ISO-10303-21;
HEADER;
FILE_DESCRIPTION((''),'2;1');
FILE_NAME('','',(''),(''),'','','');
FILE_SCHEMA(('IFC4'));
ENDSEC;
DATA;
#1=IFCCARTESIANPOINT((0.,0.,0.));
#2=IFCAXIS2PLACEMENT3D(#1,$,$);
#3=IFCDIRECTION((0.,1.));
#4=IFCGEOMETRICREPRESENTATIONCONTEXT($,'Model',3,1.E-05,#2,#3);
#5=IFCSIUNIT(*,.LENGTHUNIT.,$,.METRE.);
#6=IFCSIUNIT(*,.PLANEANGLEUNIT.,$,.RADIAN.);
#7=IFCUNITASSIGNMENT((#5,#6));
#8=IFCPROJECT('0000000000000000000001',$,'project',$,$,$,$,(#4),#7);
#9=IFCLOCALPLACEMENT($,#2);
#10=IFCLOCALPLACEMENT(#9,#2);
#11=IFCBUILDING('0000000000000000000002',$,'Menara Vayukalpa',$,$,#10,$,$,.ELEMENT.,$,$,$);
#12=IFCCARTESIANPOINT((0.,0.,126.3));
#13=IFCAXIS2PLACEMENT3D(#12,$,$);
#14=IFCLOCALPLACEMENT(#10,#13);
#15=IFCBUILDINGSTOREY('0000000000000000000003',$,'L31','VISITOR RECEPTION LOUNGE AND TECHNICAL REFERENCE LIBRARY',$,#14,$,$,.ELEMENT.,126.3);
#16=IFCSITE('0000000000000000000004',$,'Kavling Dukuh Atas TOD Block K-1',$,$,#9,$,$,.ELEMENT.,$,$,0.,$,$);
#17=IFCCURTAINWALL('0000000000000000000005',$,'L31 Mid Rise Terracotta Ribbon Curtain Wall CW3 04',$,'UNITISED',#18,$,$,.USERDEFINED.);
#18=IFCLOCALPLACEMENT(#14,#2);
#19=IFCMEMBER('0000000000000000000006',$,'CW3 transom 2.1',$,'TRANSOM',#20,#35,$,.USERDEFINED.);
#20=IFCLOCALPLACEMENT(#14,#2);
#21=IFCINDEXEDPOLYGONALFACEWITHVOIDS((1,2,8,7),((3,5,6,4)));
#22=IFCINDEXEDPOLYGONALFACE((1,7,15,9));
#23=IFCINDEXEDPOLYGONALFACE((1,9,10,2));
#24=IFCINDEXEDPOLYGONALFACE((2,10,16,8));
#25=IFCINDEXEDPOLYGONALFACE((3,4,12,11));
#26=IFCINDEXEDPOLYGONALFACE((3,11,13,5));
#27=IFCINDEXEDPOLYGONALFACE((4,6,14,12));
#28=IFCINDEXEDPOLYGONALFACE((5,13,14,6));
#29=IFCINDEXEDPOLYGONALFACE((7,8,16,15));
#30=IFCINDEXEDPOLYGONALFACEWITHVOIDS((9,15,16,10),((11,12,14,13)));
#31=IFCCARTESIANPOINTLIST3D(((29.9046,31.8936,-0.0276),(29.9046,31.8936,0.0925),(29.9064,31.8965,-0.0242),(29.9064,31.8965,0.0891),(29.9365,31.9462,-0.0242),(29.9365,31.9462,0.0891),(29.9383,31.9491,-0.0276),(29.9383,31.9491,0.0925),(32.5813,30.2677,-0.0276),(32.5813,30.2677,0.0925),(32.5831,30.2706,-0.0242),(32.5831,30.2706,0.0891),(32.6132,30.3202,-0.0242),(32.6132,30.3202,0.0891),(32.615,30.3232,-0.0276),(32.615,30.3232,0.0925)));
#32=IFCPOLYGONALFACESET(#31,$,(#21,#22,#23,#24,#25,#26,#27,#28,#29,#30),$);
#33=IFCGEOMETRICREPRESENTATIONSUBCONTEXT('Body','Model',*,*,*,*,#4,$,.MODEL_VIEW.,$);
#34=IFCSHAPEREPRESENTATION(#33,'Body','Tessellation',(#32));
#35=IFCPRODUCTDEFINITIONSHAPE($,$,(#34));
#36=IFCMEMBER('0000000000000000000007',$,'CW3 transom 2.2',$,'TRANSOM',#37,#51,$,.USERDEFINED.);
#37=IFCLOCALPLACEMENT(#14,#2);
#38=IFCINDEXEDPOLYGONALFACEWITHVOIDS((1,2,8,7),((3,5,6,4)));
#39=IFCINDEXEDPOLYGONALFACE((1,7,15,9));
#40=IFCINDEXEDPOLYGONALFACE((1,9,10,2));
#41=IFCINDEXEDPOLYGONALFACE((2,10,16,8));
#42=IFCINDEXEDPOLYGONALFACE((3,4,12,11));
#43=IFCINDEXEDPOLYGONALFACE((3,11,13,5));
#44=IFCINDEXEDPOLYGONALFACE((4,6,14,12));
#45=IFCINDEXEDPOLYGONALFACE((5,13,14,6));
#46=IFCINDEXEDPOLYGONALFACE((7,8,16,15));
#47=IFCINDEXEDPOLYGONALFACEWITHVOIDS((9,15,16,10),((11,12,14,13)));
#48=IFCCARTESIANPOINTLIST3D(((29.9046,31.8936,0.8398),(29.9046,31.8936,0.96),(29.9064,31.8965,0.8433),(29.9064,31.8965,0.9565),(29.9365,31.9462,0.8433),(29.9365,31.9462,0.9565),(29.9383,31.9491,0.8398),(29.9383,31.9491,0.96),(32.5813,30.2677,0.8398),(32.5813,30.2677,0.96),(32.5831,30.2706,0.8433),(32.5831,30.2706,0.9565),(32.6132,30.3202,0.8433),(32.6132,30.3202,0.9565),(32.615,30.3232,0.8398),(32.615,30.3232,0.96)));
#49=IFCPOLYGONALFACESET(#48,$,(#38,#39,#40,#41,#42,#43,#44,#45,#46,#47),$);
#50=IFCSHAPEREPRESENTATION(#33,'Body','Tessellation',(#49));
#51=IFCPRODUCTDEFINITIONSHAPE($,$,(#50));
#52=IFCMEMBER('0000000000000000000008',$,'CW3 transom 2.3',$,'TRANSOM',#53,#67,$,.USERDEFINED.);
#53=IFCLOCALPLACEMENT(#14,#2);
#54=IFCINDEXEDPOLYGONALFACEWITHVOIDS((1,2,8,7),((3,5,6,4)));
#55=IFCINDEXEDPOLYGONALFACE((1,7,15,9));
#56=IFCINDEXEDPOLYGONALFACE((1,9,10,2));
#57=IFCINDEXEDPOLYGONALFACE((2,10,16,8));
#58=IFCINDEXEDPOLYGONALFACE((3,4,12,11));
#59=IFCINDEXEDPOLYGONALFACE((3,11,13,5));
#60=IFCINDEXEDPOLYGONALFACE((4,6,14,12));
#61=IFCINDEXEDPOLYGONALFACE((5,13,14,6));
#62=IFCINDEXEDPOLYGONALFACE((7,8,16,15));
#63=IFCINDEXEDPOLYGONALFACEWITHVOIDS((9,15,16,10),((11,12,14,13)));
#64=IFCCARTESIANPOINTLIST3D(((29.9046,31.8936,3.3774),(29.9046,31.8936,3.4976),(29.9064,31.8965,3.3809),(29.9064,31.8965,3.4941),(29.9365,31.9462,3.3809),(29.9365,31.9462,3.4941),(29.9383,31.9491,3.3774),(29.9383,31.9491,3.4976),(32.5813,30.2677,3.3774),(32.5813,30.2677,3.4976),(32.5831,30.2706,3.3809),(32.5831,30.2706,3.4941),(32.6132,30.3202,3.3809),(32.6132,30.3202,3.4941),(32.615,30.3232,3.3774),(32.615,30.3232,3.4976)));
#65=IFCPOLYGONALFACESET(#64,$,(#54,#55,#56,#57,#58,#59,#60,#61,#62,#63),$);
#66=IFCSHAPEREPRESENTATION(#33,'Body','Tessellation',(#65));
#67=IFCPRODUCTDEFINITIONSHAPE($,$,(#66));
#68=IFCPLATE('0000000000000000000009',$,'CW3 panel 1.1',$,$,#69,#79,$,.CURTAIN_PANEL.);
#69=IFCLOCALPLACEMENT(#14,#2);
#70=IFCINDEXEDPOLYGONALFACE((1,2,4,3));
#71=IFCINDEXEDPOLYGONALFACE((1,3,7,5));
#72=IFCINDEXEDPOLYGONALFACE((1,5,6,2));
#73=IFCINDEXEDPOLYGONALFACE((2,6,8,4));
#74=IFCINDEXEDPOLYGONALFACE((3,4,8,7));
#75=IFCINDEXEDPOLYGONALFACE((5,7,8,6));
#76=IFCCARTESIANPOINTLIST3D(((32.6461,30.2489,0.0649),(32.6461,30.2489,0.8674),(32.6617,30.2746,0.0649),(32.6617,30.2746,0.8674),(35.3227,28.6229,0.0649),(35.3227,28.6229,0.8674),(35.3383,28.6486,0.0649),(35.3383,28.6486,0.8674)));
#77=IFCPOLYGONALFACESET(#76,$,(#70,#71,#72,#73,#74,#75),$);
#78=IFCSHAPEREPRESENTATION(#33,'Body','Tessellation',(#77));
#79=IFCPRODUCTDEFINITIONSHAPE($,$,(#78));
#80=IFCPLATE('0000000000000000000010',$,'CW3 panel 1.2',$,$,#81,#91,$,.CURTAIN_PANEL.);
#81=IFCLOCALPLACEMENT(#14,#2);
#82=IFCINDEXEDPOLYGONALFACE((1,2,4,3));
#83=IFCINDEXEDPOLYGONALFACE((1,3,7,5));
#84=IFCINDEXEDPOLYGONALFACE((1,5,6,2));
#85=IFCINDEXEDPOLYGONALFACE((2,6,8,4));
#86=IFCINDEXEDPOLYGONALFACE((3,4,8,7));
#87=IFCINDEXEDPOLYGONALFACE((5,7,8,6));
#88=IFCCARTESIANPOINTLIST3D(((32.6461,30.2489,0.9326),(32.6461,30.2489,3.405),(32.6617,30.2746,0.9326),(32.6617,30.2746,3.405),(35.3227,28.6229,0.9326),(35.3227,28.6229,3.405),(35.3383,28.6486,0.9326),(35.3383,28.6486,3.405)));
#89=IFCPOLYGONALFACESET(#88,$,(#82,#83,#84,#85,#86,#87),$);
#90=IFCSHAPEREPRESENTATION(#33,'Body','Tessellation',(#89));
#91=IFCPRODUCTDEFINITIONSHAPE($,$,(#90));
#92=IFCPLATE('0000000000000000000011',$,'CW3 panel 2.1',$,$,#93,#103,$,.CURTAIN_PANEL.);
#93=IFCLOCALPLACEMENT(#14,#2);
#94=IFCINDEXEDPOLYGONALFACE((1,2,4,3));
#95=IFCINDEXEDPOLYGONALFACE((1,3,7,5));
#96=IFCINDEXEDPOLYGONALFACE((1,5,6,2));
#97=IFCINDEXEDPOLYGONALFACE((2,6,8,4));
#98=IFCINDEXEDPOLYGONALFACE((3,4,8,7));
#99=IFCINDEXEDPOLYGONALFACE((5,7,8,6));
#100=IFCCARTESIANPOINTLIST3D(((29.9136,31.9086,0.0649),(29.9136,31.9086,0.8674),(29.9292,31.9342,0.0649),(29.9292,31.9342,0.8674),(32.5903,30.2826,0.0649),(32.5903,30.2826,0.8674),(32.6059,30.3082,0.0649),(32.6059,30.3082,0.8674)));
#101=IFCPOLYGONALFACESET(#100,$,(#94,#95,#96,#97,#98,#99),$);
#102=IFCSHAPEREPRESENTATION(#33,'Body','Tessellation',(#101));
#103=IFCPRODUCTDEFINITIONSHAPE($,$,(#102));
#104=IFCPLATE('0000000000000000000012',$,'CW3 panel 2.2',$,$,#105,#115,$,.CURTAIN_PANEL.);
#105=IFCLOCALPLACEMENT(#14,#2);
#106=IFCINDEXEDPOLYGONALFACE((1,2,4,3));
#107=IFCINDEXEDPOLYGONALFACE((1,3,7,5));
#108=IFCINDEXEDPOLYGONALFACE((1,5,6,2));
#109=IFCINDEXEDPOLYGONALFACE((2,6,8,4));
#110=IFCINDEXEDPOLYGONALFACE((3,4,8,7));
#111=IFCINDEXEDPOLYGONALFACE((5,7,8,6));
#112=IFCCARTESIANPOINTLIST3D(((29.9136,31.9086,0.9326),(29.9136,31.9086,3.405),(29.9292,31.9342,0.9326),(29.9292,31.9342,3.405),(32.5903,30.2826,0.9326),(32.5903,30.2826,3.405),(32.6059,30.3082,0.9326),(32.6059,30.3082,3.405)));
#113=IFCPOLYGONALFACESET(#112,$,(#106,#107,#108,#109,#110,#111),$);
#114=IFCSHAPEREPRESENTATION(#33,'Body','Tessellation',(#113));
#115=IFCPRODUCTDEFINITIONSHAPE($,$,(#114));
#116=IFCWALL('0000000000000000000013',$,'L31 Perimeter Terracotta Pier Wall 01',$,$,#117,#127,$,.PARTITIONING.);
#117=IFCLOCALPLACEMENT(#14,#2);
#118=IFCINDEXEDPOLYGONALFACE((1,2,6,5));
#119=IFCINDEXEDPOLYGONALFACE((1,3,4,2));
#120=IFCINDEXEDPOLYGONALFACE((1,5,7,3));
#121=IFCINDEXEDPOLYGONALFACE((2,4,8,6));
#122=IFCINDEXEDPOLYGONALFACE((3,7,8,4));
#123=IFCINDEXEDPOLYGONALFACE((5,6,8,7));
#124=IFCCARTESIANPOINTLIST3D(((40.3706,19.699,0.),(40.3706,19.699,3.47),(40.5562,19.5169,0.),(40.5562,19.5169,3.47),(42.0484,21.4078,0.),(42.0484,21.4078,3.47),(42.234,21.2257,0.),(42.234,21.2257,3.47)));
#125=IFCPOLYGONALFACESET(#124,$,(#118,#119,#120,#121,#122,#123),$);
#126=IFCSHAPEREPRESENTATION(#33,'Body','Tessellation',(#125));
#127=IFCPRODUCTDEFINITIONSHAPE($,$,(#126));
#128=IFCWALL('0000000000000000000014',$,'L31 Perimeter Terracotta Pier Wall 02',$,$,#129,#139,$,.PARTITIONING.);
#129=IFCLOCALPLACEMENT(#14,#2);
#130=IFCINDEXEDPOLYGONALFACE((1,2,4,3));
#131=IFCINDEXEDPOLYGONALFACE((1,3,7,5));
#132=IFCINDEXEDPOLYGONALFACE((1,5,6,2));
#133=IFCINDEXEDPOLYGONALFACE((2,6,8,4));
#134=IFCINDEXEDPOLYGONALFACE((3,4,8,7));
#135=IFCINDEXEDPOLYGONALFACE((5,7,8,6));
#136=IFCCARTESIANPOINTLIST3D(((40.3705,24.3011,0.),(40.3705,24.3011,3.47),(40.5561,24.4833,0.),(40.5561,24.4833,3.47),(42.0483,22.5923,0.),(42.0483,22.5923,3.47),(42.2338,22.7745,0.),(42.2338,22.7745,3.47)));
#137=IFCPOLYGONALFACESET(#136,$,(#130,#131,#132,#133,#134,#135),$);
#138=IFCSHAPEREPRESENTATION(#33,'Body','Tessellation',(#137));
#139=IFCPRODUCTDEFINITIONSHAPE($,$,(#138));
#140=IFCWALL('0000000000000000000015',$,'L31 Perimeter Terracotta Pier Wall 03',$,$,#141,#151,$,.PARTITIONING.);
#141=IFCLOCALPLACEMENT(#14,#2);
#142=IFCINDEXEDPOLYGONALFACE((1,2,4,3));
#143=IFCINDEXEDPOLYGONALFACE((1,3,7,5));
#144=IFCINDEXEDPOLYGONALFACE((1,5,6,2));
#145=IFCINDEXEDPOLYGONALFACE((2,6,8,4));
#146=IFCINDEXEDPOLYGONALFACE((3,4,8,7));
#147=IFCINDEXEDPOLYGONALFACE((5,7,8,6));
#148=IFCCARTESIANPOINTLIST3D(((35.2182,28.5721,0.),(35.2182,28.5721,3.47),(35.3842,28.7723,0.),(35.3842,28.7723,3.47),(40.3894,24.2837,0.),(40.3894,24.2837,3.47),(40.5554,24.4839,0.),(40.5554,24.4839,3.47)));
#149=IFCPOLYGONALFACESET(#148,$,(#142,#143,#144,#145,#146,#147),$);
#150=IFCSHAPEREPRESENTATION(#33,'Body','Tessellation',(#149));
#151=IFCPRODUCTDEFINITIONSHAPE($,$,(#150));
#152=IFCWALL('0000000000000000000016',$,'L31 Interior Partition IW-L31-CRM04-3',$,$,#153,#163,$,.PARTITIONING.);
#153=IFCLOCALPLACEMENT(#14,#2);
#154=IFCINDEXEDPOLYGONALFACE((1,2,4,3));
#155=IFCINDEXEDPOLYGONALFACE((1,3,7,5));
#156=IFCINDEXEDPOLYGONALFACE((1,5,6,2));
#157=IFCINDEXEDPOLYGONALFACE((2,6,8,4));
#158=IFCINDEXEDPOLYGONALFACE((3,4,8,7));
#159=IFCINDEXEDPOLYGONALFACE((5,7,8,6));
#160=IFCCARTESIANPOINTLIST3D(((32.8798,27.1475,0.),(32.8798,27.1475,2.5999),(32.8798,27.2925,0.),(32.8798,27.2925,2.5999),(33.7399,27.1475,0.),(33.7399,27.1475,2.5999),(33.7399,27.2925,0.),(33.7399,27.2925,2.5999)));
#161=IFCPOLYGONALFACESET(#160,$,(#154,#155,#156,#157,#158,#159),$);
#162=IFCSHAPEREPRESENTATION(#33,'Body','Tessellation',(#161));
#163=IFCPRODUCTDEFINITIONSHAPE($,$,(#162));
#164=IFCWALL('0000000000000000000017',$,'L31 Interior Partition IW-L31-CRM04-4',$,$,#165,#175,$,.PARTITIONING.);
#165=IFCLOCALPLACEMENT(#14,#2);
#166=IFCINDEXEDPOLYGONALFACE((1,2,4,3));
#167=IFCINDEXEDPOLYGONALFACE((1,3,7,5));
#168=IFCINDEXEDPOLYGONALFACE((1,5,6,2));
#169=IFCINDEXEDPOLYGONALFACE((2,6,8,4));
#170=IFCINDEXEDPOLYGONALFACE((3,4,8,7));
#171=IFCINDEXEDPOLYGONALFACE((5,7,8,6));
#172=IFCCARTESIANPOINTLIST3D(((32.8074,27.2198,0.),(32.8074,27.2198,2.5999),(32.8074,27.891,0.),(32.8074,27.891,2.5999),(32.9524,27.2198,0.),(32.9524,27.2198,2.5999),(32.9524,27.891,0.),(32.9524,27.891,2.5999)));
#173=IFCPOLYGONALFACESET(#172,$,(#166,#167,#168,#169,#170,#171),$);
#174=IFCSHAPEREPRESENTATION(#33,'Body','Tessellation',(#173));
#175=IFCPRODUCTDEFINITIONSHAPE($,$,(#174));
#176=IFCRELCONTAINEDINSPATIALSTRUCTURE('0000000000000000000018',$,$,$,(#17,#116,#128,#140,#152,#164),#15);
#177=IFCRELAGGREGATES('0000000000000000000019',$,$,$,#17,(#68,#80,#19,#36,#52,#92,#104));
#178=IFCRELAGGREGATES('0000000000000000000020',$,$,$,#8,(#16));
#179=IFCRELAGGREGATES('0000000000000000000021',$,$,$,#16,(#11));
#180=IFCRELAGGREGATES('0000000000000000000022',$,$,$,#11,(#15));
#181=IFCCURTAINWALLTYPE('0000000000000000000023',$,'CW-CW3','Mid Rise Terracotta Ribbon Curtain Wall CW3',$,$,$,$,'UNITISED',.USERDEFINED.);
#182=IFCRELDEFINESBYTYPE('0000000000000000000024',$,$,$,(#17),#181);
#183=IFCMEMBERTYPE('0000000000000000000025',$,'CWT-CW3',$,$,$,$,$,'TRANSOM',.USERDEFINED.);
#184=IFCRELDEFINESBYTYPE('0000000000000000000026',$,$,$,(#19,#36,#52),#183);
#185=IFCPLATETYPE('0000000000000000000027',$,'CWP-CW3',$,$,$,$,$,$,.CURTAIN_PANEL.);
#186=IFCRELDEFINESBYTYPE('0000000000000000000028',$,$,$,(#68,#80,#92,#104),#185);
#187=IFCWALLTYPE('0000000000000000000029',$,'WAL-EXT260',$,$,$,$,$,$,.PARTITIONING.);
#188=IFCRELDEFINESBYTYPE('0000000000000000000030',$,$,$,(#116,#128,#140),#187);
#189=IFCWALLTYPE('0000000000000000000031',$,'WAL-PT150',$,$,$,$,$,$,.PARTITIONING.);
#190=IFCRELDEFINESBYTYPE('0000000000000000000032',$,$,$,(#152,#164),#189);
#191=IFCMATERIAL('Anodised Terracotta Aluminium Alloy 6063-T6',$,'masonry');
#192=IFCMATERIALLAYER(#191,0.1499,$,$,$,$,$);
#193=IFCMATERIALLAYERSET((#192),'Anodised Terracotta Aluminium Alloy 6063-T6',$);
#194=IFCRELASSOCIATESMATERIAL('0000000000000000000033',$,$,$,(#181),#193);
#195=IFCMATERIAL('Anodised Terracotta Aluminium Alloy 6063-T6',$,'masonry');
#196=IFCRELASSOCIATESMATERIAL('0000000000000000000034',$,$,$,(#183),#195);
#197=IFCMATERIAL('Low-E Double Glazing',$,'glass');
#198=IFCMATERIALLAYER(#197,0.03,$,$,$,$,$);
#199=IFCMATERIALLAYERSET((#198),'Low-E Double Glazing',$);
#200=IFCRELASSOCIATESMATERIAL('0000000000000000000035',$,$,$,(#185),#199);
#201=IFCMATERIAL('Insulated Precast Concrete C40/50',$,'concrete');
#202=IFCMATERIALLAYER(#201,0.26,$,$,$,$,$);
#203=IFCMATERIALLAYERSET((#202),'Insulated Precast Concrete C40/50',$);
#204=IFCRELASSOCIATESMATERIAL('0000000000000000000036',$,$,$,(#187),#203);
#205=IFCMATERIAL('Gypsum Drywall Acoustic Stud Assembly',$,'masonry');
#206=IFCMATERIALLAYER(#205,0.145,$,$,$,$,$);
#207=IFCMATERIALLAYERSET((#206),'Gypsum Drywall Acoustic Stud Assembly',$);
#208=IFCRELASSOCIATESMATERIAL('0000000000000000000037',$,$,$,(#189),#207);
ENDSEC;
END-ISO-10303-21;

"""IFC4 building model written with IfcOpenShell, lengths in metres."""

from ifc_helpers import new_model, si_unit, direction, frame, frame_2d, origin, origin_2d, place, context, subcontext, project, spatial, rectangle, hollow_rectangle, extrude, material, layer, layer_set, material_profile, profile_set, type_object, element, aggregate, save


model = new_model("IFC4")

# Units and contexts
model_context = context("Model", 3, precision=1e-05, world=origin(), true_north=direction((0.0, 1.0)))
body_context = subcontext(model_context, "Body", "Model", "MODEL_VIEW")
ifc_project = project(units=[si_unit("LENGTHUNIT", "METRE"), si_unit("PLANEANGLEUNIT", "RADIAN")], contexts=[model_context])

# Site, building, storey
site_placement = place(None, origin())
site = spatial("IfcSite", under=ifc_project, at=site_placement, Name="Kavling Dukuh Atas TOD Block K-1", CompositionType="ELEMENT", RefElevation=0.0)
building_placement = place(site_placement, origin())
building = spatial("IfcBuilding", under=site, at=building_placement, Name="Menara Vayukalpa", CompositionType="ELEMENT")
storey_placement = place(building_placement, frame((0.0, 0.0, 126.3)))
storey = spatial("IfcBuildingStorey", under=building, at=storey_placement, Name="L31", Description="VISITOR RECEPTION LOUNGE AND TECHNICAL REFERENCE LIBRARY", CompositionType="ELEMENT", Elevation=126.3)

# Curtain wall, members, plates
ifc_material_1 = material(Name="Anodised Terracotta Aluminium Alloy 6063-T6", Category="masonry")
ifc_layer_1 = layer(ifc_material_1, 0.1499)
ifc_layer_set_1 = layer_set([ifc_layer_1], Name="Anodised Terracotta Aluminium Alloy 6063-T6")
curtain_wall_type = type_object("IfcCurtainWallType", Name="CW-CW3", Description="Mid Rise Terracotta Ribbon Curtain Wall CW3", ElementType="UNITISED", PredefinedType="USERDEFINED", material=ifc_layer_set_1)
curtain_wall_placement = place(storey_placement, origin())
curtain_wall = element("IfcCurtainWall", 1, at=curtain_wall_placement, inside=storey, type_object=curtain_wall_type, Name="L31 Mid Rise Terracotta Ribbon Curtain Wall CW3 04", ObjectType="UNITISED", PredefinedType="USERDEFINED")
ifc_material_2 = material(Name="Anodised Terracotta Aluminium Alloy 6063-T6", Category="masonry")
ifc_material_profile_1 = material_profile(ifc_material_2, hollow_rectangle(XDim=0.0649, YDim=0.1201, WallThickness=0.0034, at=origin_2d()), Name="ALU 65x120x3.5")
ifc_profile_set_1 = profile_set([ifc_material_profile_1], Name="Anodised Terracotta Aluminium Alloy 6063-T6")
member_type_1 = type_object("IfcMemberType", Name="CWT-CW3", ElementType="TRANSOM", PredefinedType="USERDEFINED", material=ifc_profile_set_1)
member_1_placement = place(storey_placement, frame((32.5981, 30.2954, 0.0325), z_axis=(-0.854674, 0.519165, 0.0), x_axis=(-0.519165, -0.854674, 0.0)))
member_1 = element("IfcMember", 2, at=member_1_placement, type_object=member_type_1, Name="CW3 transom 2.1", ObjectType="TRANSOM", PredefinedType="USERDEFINED", context=body_context, shape_type="SweptSolid", body=[
    extrude(hollow_rectangle(XDim=0.0649, YDim=0.1201, WallThickness=0.0034, at=origin_2d()), origin(), (0.0, 0.0, 1.0), 3.1318),
])
member_2_placement = place(storey_placement, frame((32.5981, 30.2954, 0.8999), z_axis=(-0.854674, 0.519165, 0.0), x_axis=(-0.519165, -0.854674, 0.0)))
member_2 = element("IfcMember", 3, at=member_2_placement, type_object=member_type_1, Name="CW3 transom 2.2", ObjectType="TRANSOM", PredefinedType="USERDEFINED", context=body_context, shape_type="SweptSolid", body=[
    extrude(hollow_rectangle(XDim=0.0649, YDim=0.1201, WallThickness=0.0034, at=origin_2d()), origin(), (0.0, 0.0, 1.0), 3.1318),
])
member_3_placement = place(storey_placement, frame((32.5981, 30.2954, 3.4375), z_axis=(-0.854674, 0.519165, 0.0), x_axis=(-0.519165, -0.854674, 0.0)))
member_3 = element("IfcMember", 4, at=member_3_placement, type_object=member_type_1, Name="CW3 transom 2.3", ObjectType="TRANSOM", PredefinedType="USERDEFINED", context=body_context, shape_type="SweptSolid", body=[
    extrude(hollow_rectangle(XDim=0.0649, YDim=0.1201, WallThickness=0.0034, at=origin_2d()), origin(), (0.0, 0.0, 1.0), 3.1318),
])
ifc_material_3 = material(Name="Low-E Double Glazing", Category="glass")
ifc_layer_2 = layer(ifc_material_3, 0.03)
ifc_layer_set_2 = layer_set([ifc_layer_2], Name="Low-E Double Glazing")
plate_type = type_object("IfcPlateType", Name="CWP-CW3", PredefinedType="CURTAIN_PANEL", material=ifc_layer_set_2)
plate_1_placement = place(storey_placement, frame((33.9922, 29.4487, 0.0649), z_axis=(0.0, 0.0, 1.0), x_axis=(-0.854663, 0.519183, 0.0)))
plate_1 = element("IfcPlate", 5, at=plate_1_placement, type_object=plate_type, Name="CW3 panel 1.1", PredefinedType="CURTAIN_PANEL", context=body_context, shape_type="SweptSolid", body=[
    extrude(rectangle(XDim=3.1318, YDim=0.03, at=origin_2d()), origin(), (0.0, 0.0, 1.0), 0.8025),
])
plate_2_placement = place(storey_placement, frame((33.9922, 29.4487, 0.9326), z_axis=(0.0, 0.0, 1.0), x_axis=(-0.854663, 0.519183, 0.0)))
plate_2 = element("IfcPlate", 6, at=plate_2_placement, type_object=plate_type, Name="CW3 panel 1.2", PredefinedType="CURTAIN_PANEL", context=body_context, shape_type="SweptSolid", body=[
    extrude(rectangle(XDim=3.1318, YDim=0.03, at=origin_2d()), origin(), (0.0, 0.0, 1.0), 2.4724),
])
plate_3_placement = place(storey_placement, frame((31.2598, 31.1084, 0.0649), z_axis=(0.0, 0.0, 1.0), x_axis=(-0.854663, 0.519183, 0.0)))
plate_3 = element("IfcPlate", 7, at=plate_3_placement, type_object=plate_type, Name="CW3 panel 2.1", PredefinedType="CURTAIN_PANEL", context=body_context, shape_type="SweptSolid", body=[
    extrude(rectangle(XDim=3.1318, YDim=0.03, at=origin_2d()), origin(), (0.0, 0.0, 1.0), 0.8025),
])
plate_4_placement = place(storey_placement, frame((31.2598, 31.1084, 0.9326), z_axis=(0.0, 0.0, 1.0), x_axis=(-0.854663, 0.519183, 0.0)))
plate_4 = element("IfcPlate", 8, at=plate_4_placement, type_object=plate_type, Name="CW3 panel 2.2", PredefinedType="CURTAIN_PANEL", context=body_context, shape_type="SweptSolid", body=[
    extrude(rectangle(XDim=3.1318, YDim=0.03, at=origin_2d()), origin(), (0.0, 0.0, 1.0), 2.4724),
])
aggregate(curtain_wall, [plate_1, plate_2, member_1, member_2, member_3, plate_3, plate_4])

# Walls
ifc_material_4 = material(Name="Insulated Precast Concrete C40/50", Category="concrete")
ifc_layer_3 = layer(ifc_material_4, 0.26)
ifc_layer_set_3 = layer_set([ifc_layer_3], Name="Insulated Precast Concrete C40/50")
wall_type_1 = type_object("IfcWallType", Name="WAL-EXT260", PredefinedType="PARTITIONING", material=ifc_layer_set_3)
for number, where, z_axis, x_axis, name in (
    (9, (42.1411, 21.3167, 0.0), (0.0, 0.0, 1.0), (-0.700603, -0.713551, 0.0), "L31 Perimeter Terracotta Pier Wall 01"),
    (10, (40.4634, 24.3921, 0.0), (0.0, 0.0, 1.0), (0.700603, -0.713551, 0.0), "L31 Perimeter Terracotta Pier Wall 02"),
):
    element("IfcWall", number, at=place(storey_placement, frame(where, z_axis=z_axis, x_axis=x_axis)), inside=storey, type_object=wall_type_1, Name=name, PredefinedType="PARTITIONING", context=body_context, shape_type="SweptSolid", body=[
        extrude(rectangle(XDim=2.3948, YDim=0.26, at=frame_2d((1.1973, 0.0))), origin(), (0.0, 0.0, 1.0), 3.47),
    ])
wall_1_placement = place(storey_placement, frame((35.3013, 28.6721, 0.0), z_axis=(0.0, 0.0, 1.0), x_axis=(0.769753, -0.638342, 0.0)))
element("IfcWall", 11, at=wall_1_placement, inside=storey, type_object=wall_type_1, Name="L31 Perimeter Terracotta Pier Wall 03", PredefinedType="PARTITIONING", context=body_context, shape_type="SweptSolid", body=[
    extrude(rectangle(XDim=6.718, YDim=0.26, at=frame_2d((3.3589, 0.0))), origin(), (0.0, 0.0, 1.0), 3.47),
])
ifc_material_5 = material(Name="Gypsum Drywall Acoustic Stud Assembly", Category="masonry")
ifc_layer_4 = layer(ifc_material_5, 0.145)
ifc_layer_set_4 = layer_set([ifc_layer_4], Name="Gypsum Drywall Acoustic Stud Assembly")
wall_type_2 = type_object("IfcWallType", Name="WAL-PT150", PredefinedType="PARTITIONING", material=ifc_layer_set_4)
wall_2_placement = place(storey_placement, frame((33.74, 27.22, 0.0), z_axis=(0.0, 0.0, 1.0), x_axis=(-1.0, 0.0, 0.0)))
element("IfcWall", 12, at=wall_2_placement, inside=storey, type_object=wall_type_2, Name="L31 Interior Partition IW-L31-CRM04-3", PredefinedType="PARTITIONING", context=body_context, shape_type="SweptSolid", body=[
    extrude(rectangle(XDim=0.8601, YDim=0.145, at=frame_2d((0.4302, 0.0))), origin(), (0.0, 0.0, 1.0), 2.5999),
])
wall_3_placement = place(storey_placement, frame((32.8799, 27.22, 0.0), z_axis=(0.0, 0.0, 1.0), x_axis=(0.0, 1.0, 0.0)))
element("IfcWall", 13, at=wall_3_placement, inside=storey, type_object=wall_type_2, Name="L31 Interior Partition IW-L31-CRM04-4", PredefinedType="PARTITIONING", context=body_context, shape_type="SweptSolid", body=[
    extrude(rectangle(XDim=0.6711, YDim=0.145, at=frame_2d((0.3354, 0.0))), origin(), (0.0, 0.0, 1.0), 2.5999),
])

save(model, "model.ifc")
